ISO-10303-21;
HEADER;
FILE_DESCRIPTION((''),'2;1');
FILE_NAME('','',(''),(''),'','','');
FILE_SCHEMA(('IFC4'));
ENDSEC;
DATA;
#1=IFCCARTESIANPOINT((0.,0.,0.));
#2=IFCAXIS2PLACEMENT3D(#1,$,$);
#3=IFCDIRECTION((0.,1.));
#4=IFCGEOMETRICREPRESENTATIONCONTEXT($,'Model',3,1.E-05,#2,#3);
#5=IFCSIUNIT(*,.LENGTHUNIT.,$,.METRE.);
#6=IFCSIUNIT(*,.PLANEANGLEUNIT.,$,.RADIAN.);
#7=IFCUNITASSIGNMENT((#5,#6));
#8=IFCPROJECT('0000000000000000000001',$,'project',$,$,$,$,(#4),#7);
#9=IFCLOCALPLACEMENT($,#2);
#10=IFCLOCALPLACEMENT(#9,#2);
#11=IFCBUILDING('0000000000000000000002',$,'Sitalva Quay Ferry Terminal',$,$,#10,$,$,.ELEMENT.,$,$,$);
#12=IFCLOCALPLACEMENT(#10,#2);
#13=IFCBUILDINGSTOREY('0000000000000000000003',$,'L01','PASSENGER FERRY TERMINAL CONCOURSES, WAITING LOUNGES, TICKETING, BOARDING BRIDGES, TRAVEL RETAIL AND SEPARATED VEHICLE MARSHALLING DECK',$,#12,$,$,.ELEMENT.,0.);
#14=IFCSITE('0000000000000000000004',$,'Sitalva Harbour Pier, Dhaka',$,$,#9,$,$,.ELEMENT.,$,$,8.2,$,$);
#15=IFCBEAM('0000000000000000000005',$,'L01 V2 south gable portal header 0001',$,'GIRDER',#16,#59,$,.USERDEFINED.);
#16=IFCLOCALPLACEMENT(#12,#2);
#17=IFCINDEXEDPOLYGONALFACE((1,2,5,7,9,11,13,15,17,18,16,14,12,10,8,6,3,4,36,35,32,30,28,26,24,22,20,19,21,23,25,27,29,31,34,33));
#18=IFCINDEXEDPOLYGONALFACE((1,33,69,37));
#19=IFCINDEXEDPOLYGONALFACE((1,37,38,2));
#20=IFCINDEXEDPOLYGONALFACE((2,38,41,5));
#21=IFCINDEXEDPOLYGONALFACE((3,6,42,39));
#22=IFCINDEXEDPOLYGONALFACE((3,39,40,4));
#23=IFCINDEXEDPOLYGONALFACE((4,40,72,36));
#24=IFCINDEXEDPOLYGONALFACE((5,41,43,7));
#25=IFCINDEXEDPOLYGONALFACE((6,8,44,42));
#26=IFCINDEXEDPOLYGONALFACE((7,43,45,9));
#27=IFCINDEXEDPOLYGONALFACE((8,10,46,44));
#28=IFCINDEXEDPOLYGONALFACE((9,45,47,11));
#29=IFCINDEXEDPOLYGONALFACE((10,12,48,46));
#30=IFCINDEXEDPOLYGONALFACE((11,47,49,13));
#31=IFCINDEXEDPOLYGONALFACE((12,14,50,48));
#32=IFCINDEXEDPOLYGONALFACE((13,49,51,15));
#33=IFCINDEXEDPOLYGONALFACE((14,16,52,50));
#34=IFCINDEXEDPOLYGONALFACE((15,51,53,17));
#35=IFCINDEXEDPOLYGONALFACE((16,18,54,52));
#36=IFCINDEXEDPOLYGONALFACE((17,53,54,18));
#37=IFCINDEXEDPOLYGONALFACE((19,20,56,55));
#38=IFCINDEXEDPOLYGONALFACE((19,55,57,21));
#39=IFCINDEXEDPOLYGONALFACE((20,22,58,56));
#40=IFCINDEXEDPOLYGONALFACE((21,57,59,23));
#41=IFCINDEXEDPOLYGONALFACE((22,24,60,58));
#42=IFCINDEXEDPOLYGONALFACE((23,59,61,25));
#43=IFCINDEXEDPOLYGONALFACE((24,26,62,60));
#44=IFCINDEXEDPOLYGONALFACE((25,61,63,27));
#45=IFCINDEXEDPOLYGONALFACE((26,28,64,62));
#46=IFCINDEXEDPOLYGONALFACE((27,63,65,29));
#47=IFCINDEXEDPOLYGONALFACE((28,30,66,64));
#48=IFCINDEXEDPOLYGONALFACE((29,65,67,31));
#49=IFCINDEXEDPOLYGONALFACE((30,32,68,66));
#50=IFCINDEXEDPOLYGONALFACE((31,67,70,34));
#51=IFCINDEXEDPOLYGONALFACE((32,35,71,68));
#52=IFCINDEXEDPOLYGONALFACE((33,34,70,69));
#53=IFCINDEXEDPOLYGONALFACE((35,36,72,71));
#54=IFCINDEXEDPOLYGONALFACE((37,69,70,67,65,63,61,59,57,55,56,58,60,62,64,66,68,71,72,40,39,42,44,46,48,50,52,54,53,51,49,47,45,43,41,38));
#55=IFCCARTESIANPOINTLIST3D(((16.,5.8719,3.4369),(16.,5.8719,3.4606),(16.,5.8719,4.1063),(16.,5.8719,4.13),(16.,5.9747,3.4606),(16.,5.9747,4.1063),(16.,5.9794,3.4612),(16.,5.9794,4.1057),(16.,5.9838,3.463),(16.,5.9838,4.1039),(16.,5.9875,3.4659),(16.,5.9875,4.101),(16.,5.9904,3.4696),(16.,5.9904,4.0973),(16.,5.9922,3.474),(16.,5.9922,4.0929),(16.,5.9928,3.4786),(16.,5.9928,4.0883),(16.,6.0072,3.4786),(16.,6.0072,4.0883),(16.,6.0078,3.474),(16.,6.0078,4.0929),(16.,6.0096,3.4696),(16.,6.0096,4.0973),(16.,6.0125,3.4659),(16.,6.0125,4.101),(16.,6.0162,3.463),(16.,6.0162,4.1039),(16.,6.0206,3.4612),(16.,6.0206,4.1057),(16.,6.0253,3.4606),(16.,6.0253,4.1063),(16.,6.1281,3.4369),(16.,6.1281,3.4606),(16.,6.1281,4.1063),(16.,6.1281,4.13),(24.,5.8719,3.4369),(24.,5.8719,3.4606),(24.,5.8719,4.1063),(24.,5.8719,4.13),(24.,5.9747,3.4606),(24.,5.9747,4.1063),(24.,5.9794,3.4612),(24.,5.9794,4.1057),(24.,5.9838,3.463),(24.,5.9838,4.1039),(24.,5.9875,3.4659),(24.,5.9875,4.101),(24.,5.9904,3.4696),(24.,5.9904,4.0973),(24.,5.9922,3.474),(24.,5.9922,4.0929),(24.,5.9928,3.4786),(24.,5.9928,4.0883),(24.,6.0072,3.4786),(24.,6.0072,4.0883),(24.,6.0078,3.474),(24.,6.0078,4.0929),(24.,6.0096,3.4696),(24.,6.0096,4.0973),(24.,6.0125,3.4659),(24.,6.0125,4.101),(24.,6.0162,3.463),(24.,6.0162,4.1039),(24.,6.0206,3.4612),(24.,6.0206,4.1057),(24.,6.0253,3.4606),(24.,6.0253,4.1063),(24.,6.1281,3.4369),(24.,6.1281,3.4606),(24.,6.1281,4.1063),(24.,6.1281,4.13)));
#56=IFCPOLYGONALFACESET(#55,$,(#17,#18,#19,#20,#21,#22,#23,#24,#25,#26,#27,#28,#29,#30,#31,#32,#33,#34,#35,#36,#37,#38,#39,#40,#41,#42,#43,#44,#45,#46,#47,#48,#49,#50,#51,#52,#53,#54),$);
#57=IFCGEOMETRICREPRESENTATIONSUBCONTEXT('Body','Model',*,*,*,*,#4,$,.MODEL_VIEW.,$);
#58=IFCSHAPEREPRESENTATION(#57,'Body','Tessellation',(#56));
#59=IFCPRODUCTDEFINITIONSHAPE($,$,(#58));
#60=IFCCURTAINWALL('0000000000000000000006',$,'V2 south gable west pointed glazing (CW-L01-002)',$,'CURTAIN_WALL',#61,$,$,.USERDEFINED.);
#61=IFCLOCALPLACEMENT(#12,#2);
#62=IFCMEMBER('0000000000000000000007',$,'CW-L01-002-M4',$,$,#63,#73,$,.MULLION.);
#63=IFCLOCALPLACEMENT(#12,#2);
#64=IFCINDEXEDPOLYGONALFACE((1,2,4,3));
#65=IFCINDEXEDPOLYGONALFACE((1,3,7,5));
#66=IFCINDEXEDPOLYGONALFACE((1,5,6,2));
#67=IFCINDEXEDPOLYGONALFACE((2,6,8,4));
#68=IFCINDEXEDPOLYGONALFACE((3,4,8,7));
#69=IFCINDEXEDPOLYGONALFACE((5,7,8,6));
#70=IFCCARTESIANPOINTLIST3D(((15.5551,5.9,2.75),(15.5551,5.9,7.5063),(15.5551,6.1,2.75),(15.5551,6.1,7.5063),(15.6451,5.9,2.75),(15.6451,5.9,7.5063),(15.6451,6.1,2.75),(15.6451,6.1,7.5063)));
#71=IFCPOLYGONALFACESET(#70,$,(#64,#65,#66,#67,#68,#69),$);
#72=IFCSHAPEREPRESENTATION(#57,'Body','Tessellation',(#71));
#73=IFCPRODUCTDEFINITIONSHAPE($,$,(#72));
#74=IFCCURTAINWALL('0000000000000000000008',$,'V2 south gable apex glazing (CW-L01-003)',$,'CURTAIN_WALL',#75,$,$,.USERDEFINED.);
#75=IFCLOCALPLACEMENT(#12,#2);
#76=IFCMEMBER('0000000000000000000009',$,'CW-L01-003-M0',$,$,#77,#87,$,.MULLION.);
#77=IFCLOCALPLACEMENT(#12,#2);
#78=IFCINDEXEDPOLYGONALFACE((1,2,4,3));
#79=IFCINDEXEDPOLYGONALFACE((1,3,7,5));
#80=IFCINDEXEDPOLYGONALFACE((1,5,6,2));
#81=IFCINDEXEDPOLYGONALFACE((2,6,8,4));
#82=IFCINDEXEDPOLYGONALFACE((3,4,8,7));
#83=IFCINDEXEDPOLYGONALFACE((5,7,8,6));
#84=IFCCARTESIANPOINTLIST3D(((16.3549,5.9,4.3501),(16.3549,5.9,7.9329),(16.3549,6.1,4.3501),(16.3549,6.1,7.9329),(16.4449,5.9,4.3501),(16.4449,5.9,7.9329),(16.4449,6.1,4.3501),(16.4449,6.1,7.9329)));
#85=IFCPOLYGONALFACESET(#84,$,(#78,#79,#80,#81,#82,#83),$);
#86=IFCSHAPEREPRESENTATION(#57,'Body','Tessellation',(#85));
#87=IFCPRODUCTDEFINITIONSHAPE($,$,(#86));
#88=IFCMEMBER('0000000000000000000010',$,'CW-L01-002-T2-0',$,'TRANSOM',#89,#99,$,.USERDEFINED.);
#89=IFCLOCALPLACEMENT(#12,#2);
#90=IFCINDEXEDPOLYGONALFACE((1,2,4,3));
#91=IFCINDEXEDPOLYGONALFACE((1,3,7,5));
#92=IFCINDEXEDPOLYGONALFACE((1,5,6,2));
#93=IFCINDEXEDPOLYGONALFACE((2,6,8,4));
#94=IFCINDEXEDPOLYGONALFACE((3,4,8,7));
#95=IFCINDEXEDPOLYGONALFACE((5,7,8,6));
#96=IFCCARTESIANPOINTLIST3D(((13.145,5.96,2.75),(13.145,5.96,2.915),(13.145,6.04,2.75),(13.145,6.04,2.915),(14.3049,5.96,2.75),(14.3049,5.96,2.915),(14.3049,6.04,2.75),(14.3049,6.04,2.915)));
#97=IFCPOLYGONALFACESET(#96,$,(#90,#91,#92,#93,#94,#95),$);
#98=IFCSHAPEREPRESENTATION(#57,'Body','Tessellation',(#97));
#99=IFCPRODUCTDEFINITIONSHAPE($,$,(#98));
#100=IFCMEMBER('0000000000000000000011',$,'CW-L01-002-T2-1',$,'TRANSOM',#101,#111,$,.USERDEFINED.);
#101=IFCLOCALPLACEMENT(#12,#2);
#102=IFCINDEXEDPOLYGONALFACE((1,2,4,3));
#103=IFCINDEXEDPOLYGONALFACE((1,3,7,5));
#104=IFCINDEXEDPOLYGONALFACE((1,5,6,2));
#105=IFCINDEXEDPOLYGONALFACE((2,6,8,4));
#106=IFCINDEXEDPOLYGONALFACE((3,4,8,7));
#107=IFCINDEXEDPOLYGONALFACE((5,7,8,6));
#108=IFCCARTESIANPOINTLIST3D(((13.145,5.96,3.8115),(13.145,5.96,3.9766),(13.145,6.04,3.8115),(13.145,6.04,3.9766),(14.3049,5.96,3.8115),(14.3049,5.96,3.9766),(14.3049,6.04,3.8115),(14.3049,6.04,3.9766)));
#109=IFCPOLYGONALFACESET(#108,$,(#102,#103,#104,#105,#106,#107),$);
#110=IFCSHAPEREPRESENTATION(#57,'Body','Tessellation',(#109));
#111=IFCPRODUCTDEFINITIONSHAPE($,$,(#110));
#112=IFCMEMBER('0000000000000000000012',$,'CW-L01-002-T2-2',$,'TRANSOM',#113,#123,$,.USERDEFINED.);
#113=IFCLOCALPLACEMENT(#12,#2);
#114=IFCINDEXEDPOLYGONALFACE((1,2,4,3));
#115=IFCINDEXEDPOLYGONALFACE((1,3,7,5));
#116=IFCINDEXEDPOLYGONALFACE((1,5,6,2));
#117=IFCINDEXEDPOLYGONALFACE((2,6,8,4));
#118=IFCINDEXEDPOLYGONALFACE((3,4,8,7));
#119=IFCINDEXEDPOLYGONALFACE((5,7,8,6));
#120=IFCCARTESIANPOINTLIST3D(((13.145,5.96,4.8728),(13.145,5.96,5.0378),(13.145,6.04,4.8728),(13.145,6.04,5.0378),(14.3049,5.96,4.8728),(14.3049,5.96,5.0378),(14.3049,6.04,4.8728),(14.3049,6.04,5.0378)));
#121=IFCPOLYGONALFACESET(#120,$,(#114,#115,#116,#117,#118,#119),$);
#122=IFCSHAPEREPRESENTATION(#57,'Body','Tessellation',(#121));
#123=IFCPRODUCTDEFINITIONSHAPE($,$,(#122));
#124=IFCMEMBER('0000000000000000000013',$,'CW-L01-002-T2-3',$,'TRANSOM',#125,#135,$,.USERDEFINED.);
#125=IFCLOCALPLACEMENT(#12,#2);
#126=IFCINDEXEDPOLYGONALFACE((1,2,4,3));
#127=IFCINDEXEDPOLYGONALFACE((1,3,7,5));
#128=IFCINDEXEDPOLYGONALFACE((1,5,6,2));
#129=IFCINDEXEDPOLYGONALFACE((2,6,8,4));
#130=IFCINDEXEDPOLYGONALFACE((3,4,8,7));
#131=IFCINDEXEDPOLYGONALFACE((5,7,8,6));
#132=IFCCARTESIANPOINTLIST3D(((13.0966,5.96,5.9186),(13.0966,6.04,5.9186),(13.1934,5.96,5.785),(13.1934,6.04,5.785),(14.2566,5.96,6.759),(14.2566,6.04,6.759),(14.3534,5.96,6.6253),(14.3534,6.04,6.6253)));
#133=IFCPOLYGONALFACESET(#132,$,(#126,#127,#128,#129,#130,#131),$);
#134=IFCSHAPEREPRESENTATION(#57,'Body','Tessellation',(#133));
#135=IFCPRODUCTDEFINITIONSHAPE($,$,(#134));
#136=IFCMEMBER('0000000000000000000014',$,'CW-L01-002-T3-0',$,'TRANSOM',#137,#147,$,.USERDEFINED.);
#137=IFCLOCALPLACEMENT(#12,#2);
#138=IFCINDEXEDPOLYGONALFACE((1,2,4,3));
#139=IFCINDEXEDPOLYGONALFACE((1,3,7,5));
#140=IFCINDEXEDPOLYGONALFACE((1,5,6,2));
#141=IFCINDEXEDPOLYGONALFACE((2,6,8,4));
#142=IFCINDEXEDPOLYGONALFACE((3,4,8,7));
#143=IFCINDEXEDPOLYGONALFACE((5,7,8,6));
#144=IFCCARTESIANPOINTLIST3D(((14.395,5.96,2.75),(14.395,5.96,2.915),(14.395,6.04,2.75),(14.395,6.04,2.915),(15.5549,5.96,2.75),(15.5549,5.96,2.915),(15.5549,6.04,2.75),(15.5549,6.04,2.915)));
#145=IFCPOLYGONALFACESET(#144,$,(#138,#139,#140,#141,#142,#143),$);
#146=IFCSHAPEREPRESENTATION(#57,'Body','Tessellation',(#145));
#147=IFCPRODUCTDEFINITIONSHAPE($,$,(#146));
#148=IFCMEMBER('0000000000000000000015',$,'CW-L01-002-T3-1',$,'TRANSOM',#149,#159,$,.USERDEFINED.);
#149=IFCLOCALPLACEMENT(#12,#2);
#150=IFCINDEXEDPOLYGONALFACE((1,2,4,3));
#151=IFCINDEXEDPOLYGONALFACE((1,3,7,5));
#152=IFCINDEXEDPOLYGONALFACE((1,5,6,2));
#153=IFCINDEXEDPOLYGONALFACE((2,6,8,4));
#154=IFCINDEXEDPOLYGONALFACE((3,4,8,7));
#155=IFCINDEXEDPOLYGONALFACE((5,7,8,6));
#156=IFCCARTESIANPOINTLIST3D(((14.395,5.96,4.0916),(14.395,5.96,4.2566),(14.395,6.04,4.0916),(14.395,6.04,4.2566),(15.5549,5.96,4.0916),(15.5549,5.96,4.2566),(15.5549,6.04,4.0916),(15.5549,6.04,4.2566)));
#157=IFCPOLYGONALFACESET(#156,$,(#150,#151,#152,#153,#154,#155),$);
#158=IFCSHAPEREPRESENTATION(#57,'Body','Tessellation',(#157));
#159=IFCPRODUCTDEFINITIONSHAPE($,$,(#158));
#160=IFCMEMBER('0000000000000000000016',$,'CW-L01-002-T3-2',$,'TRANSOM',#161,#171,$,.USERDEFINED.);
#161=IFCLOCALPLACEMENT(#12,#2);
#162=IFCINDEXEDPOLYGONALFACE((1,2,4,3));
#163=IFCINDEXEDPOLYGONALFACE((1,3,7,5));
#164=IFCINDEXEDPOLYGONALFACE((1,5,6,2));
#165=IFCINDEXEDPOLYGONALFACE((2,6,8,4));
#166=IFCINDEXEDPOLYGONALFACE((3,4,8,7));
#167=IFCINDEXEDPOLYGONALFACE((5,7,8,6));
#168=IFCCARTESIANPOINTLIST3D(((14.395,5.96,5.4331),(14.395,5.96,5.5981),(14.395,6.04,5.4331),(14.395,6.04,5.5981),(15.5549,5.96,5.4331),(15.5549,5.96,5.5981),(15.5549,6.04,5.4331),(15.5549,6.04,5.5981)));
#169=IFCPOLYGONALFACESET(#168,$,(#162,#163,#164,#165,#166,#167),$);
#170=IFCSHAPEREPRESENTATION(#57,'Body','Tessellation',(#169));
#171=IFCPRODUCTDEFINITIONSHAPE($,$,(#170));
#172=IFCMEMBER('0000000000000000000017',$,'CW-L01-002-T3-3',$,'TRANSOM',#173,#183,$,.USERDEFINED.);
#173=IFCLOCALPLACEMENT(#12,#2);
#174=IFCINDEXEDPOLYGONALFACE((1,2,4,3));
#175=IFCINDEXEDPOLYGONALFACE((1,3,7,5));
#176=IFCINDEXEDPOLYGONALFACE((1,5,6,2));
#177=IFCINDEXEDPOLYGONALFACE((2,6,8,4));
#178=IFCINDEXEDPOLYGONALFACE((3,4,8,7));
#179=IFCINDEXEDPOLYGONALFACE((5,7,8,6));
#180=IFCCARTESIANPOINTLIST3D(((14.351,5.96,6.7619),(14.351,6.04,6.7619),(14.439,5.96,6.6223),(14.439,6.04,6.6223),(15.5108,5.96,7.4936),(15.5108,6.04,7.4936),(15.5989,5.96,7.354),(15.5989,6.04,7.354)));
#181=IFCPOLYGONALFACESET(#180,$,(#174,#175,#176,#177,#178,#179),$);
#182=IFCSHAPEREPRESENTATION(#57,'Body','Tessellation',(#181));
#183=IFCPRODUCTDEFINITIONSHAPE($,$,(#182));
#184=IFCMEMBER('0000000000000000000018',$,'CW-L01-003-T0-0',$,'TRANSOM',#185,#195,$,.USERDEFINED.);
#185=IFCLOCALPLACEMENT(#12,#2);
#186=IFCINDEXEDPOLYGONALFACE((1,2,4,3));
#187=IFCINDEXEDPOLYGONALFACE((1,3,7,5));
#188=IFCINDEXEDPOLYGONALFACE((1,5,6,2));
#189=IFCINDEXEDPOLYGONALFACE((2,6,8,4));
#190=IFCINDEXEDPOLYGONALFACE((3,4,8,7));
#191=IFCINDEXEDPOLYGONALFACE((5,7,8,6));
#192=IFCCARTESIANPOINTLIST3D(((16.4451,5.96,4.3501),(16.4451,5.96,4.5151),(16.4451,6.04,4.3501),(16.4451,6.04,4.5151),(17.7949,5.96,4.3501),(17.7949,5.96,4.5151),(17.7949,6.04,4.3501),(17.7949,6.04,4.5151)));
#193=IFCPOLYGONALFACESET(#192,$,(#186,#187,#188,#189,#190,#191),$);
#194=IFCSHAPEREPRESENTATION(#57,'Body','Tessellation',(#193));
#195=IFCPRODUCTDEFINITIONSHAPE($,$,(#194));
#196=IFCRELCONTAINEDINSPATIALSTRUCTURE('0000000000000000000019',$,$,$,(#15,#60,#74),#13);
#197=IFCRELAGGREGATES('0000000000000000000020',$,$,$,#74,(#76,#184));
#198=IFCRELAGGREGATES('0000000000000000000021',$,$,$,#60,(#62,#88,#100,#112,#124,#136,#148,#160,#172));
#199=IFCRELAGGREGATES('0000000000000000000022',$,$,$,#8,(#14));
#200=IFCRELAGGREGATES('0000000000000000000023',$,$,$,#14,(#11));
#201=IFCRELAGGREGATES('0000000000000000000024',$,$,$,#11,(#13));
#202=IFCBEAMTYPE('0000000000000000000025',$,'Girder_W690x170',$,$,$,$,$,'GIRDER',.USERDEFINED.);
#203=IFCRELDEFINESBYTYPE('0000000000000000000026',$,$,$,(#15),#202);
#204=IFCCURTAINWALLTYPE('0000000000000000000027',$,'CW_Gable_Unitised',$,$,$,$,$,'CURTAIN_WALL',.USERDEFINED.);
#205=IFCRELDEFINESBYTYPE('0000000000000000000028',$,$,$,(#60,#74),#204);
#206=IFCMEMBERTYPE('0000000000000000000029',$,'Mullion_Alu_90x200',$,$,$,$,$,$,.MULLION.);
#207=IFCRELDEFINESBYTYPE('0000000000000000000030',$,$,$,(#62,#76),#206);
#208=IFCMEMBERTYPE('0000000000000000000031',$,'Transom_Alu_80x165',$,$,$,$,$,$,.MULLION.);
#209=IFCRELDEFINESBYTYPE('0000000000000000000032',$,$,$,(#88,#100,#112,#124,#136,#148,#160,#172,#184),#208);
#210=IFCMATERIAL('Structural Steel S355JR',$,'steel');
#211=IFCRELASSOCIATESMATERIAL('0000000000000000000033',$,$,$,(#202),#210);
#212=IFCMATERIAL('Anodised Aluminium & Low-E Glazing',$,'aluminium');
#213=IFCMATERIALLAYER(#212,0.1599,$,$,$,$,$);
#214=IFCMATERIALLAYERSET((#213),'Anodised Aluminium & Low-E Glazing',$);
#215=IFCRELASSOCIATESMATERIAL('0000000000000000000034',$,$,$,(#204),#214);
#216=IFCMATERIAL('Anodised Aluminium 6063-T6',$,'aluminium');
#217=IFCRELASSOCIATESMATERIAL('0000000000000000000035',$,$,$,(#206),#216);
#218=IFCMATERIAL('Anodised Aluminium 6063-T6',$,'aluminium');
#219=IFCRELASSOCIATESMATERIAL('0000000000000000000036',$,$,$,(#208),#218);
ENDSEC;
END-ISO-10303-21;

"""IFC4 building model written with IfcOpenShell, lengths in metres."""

from ifc_helpers import new_model, si_unit, direction, frame, origin, origin_2d, place, context, subcontext, project, spatial, rectangle, i_section, extrude, material, layer, layer_set, material_profile, profile_set, type_object, element, aggregate, save


model = new_model("IFC4")

# Units and contexts
model_context = context("Model", 3, precision=1e-05, world=origin(), true_north=direction((0.0, 1.0)))
body_context = subcontext(model_context, "Body", "Model", "MODEL_VIEW")
ifc_project = project(units=[si_unit("LENGTHUNIT", "METRE"), si_unit("PLANEANGLEUNIT", "RADIAN")], contexts=[model_context])

# Site, building, storey
site_placement = place(None, origin())
site = spatial("IfcSite", under=ifc_project, at=site_placement, Name="Sitalva Harbour Pier, Dhaka", CompositionType="ELEMENT", RefElevation=8.2)
building_placement = place(site_placement, origin())
building = spatial("IfcBuilding", under=site, at=building_placement, Name="Sitalva Quay Ferry Terminal", CompositionType="ELEMENT")
storey_placement = place(building_placement, origin())
storey = spatial("IfcBuildingStorey", under=building, at=storey_placement, Name="L01", Description="PASSENGER FERRY TERMINAL CONCOURSES, WAITING LOUNGES, TICKETING, BOARDING BRIDGES, TRAVEL RETAIL AND SEPARATED VEHICLE MARSHALLING DECK", CompositionType="ELEMENT", Elevation=0.0)

# Beam
ifc_material_1 = material(Name="Structural Steel S355JR", Category="steel")
ifc_material_profile_1 = material_profile(ifc_material_1, i_section(OverallWidth=0.2561, OverallDepth=0.6931, WebThickness=0.0144, FlangeThickness=0.0237, FilletRadius=0.0181, at=origin_2d()), Name="W690x170")
ifc_profile_set_1 = profile_set([ifc_material_profile_1], Name="Structural Steel S355JR")
beam_type = type_object("IfcBeamType", Name="Girder_W690x170", ElementType="GIRDER", PredefinedType="USERDEFINED", material=ifc_profile_set_1)
beam_placement = place(storey_placement, frame((16.0, 6.0, 3.7834), z_axis=(1.0, 0.0, 0.0), x_axis=(0.0, 1.0, 0.0)))
element("IfcBeam", 1, at=beam_placement, inside=storey, type_object=beam_type, Name="L01 V2 south gable portal header 0001", ObjectType="GIRDER", PredefinedType="USERDEFINED", context=body_context, shape_type="SweptSolid", body=[
    extrude(i_section(OverallWidth=0.2561, OverallDepth=0.6931, WebThickness=0.0144, FlangeThickness=0.0237, FilletRadius=0.0181, at=origin_2d()), origin(), (0.0, 0.0, 1.0), 8.0),
])

# Curtain walls, members
ifc_material_2 = material(Name="Anodised Aluminium & Low-E Glazing", Category="aluminium")
ifc_layer_1 = layer(ifc_material_2, 0.1599)
ifc_layer_set_1 = layer_set([ifc_layer_1], Name="Anodised Aluminium & Low-E Glazing")
curtain_wall_type = type_object("IfcCurtainWallType", Name="CW_Gable_Unitised", ElementType="CURTAIN_WALL", PredefinedType="USERDEFINED", material=ifc_layer_set_1)
curtain_wall_1_placement = place(storey_placement, origin())
curtain_wall_1 = element("IfcCurtainWall", 2, at=curtain_wall_1_placement, inside=storey, type_object=curtain_wall_type, Name="V2 south gable west pointed glazing (CW-L01-002)", ObjectType="CURTAIN_WALL", PredefinedType="USERDEFINED")
ifc_material_3 = material(Name="Anodised Aluminium 6063-T6", Category="aluminium")
ifc_material_profile_2 = material_profile(ifc_material_3, rectangle(XDim=0.0901, YDim=0.2, at=origin_2d()), Name="ALU90x200")
ifc_profile_set_2 = profile_set([ifc_material_profile_2], Name="Anodised Aluminium 6063-T6")
member_type_1 = type_object("IfcMemberType", Name="Mullion_Alu_90x200", PredefinedType="MULLION", material=ifc_profile_set_2)
member_1_placement = place(storey_placement, frame((15.6001, 6.0, 2.75), z_axis=(0.0, 0.0, 1.0), x_axis=(1.0, 0.0, 0.0)))
member_1 = element("IfcMember", 3, at=member_1_placement, type_object=member_type_1, Name="CW-L01-002-M4", PredefinedType="MULLION", context=body_context, shape_type="SweptSolid", body=[
    extrude(rectangle(XDim=0.0901, YDim=0.2, at=origin_2d()), origin(), (0.0, 0.0, 1.0), 4.7563),
])
curtain_wall_2_placement = place(storey_placement, origin())
curtain_wall_2 = element("IfcCurtainWall", 4, at=curtain_wall_2_placement, inside=storey, type_object=curtain_wall_type, Name="V2 south gable apex glazing (CW-L01-003)", ObjectType="CURTAIN_WALL", PredefinedType="USERDEFINED")
member_2_placement = place(storey_placement, frame((16.3999, 6.0, 4.3501), z_axis=(0.0, 0.0, 1.0), x_axis=(1.0, 0.0, 0.0)))
member_2 = element("IfcMember", 5, at=member_2_placement, type_object=member_type_1, Name="CW-L01-003-M0", PredefinedType="MULLION", context=body_context, shape_type="SweptSolid", body=[
    extrude(rectangle(XDim=0.0901, YDim=0.2, at=origin_2d()), origin(), (0.0, 0.0, 1.0), 3.5828),
])

# Members
ifc_material_4 = material(Name="Anodised Aluminium 6063-T6", Category="aluminium")
ifc_material_profile_3 = material_profile(ifc_material_4, rectangle(XDim=0.0801, YDim=0.165, at=origin_2d()), Name="ALU80x165")
ifc_profile_set_3 = profile_set([ifc_material_profile_3], Name="Anodised Aluminium 6063-T6")
member_type_2 = type_object("IfcMemberType", Name="Transom_Alu_80x165", PredefinedType="MULLION", material=ifc_profile_set_3)
member_3_placement = place(storey_placement, frame((13.145, 6.0, 2.8325), z_axis=(1.0, 0.0, 0.0), x_axis=(0.0, 1.0, 0.0)))
member_3 = element("IfcMember", 6, at=member_3_placement, type_object=member_type_2, Name="CW-L01-002-T2-0", ObjectType="TRANSOM", PredefinedType="USERDEFINED", context=body_context, shape_type="SweptSolid", body=[
    extrude(rectangle(XDim=0.0801, YDim=0.165, at=origin_2d()), origin(), (0.0, 0.0, 1.0), 1.1599),
])
member_4_placement = place(storey_placement, frame((13.145, 6.0, 3.894), z_axis=(1.0, 0.0, 0.0), x_axis=(0.0, 1.0, 0.0)))
member_4 = element("IfcMember", 7, at=member_4_placement, type_object=member_type_2, Name="CW-L01-002-T2-1", ObjectType="TRANSOM", PredefinedType="USERDEFINED", context=body_context, shape_type="SweptSolid", body=[
    extrude(rectangle(XDim=0.0801, YDim=0.165, at=origin_2d()), origin(), (0.0, 0.0, 1.0), 1.1599),
])
member_5_placement = place(storey_placement, frame((13.145, 6.0, 4.9553), z_axis=(1.0, 0.0, 0.0), x_axis=(0.0, 1.0, 0.0)))
member_5 = element("IfcMember", 8, at=member_5_placement, type_object=member_type_2, Name="CW-L01-002-T2-2", ObjectType="TRANSOM", PredefinedType="USERDEFINED", context=body_context, shape_type="SweptSolid", body=[
    extrude(rectangle(XDim=0.0801, YDim=0.165, at=origin_2d()), origin(), (0.0, 0.0, 1.0), 1.1599),
])
member_6_placement = place(storey_placement, frame((13.145, 6.0, 5.8518), z_axis=(0.809811, 0.0, 0.586691), x_axis=(0.0, 1.0, 0.0)))
member_6 = element("IfcMember", 9, at=member_6_placement, type_object=member_type_2, Name="CW-L01-002-T2-3", ObjectType="TRANSOM", PredefinedType="USERDEFINED", context=body_context, shape_type="SweptSolid", body=[
    extrude(rectangle(XDim=0.0801, YDim=0.165, at=origin_2d()), origin(), (0.0, 0.0, 1.0), 1.4324),
])
member_7_placement = place(storey_placement, frame((14.395, 6.0, 2.8325), z_axis=(1.0, 0.0, 0.0), x_axis=(0.0, 1.0, 0.0)))
member_7 = element("IfcMember", 10, at=member_7_placement, type_object=member_type_2, Name="CW-L01-002-T3-0", ObjectType="TRANSOM", PredefinedType="USERDEFINED", context=body_context, shape_type="SweptSolid", body=[
    extrude(rectangle(XDim=0.0801, YDim=0.165, at=origin_2d()), origin(), (0.0, 0.0, 1.0), 1.1599),
])
member_8_placement = place(storey_placement, frame((14.395, 6.0, 4.1741), z_axis=(1.0, 0.0, 0.0), x_axis=(0.0, 1.0, 0.0)))
member_8 = element("IfcMember", 11, at=member_8_placement, type_object=member_type_2, Name="CW-L01-002-T3-1", ObjectType="TRANSOM", PredefinedType="USERDEFINED", context=body_context, shape_type="SweptSolid", body=[
    extrude(rectangle(XDim=0.0801, YDim=0.165, at=origin_2d()), origin(), (0.0, 0.0, 1.0), 1.1599),
])
member_9_placement = place(storey_placement, frame((14.395, 6.0, 5.5156), z_axis=(1.0, 0.0, 0.0), x_axis=(0.0, 1.0, 0.0)))
member_9 = element("IfcMember", 12, at=member_9_placement, type_object=member_type_2, Name="CW-L01-002-T3-2", ObjectType="TRANSOM", PredefinedType="USERDEFINED", context=body_context, shape_type="SweptSolid", body=[
    extrude(rectangle(XDim=0.0801, YDim=0.165, at=origin_2d()), origin(), (0.0, 0.0, 1.0), 1.1599),
])
member_10_placement = place(storey_placement, frame((14.395, 6.0, 6.6921), z_axis=(0.845781, 0.0, 0.533531), x_axis=(0.0, 1.0, 0.0)))
member_10 = element("IfcMember", 13, at=member_10_placement, type_object=member_type_2, Name="CW-L01-002-T3-3", ObjectType="TRANSOM", PredefinedType="USERDEFINED", context=body_context, shape_type="SweptSolid", body=[
    extrude(rectangle(XDim=0.0801, YDim=0.165, at=origin_2d()), origin(), (0.0, 0.0, 1.0), 1.3713),
])
member_11_placement = place(storey_placement, frame((16.4451, 6.0, 4.4326), z_axis=(1.0, 0.0, 0.0), x_axis=(0.0, 1.0, 0.0)))
member_11 = element("IfcMember", 14, at=member_11_placement, type_object=member_type_2, Name="CW-L01-003-T0-0", ObjectType="TRANSOM", PredefinedType="USERDEFINED", context=body_context, shape_type="SweptSolid", body=[
    extrude(rectangle(XDim=0.0801, YDim=0.165, at=origin_2d()), origin(), (0.0, 0.0, 1.0), 1.3499),
])
aggregate(curtain_wall_2, [member_2, member_11])

aggregate(curtain_wall_1, [member_1, member_3, member_4, member_5, member_6, member_7, member_8, member_9, member_10])

save(model, "model.ifc")
